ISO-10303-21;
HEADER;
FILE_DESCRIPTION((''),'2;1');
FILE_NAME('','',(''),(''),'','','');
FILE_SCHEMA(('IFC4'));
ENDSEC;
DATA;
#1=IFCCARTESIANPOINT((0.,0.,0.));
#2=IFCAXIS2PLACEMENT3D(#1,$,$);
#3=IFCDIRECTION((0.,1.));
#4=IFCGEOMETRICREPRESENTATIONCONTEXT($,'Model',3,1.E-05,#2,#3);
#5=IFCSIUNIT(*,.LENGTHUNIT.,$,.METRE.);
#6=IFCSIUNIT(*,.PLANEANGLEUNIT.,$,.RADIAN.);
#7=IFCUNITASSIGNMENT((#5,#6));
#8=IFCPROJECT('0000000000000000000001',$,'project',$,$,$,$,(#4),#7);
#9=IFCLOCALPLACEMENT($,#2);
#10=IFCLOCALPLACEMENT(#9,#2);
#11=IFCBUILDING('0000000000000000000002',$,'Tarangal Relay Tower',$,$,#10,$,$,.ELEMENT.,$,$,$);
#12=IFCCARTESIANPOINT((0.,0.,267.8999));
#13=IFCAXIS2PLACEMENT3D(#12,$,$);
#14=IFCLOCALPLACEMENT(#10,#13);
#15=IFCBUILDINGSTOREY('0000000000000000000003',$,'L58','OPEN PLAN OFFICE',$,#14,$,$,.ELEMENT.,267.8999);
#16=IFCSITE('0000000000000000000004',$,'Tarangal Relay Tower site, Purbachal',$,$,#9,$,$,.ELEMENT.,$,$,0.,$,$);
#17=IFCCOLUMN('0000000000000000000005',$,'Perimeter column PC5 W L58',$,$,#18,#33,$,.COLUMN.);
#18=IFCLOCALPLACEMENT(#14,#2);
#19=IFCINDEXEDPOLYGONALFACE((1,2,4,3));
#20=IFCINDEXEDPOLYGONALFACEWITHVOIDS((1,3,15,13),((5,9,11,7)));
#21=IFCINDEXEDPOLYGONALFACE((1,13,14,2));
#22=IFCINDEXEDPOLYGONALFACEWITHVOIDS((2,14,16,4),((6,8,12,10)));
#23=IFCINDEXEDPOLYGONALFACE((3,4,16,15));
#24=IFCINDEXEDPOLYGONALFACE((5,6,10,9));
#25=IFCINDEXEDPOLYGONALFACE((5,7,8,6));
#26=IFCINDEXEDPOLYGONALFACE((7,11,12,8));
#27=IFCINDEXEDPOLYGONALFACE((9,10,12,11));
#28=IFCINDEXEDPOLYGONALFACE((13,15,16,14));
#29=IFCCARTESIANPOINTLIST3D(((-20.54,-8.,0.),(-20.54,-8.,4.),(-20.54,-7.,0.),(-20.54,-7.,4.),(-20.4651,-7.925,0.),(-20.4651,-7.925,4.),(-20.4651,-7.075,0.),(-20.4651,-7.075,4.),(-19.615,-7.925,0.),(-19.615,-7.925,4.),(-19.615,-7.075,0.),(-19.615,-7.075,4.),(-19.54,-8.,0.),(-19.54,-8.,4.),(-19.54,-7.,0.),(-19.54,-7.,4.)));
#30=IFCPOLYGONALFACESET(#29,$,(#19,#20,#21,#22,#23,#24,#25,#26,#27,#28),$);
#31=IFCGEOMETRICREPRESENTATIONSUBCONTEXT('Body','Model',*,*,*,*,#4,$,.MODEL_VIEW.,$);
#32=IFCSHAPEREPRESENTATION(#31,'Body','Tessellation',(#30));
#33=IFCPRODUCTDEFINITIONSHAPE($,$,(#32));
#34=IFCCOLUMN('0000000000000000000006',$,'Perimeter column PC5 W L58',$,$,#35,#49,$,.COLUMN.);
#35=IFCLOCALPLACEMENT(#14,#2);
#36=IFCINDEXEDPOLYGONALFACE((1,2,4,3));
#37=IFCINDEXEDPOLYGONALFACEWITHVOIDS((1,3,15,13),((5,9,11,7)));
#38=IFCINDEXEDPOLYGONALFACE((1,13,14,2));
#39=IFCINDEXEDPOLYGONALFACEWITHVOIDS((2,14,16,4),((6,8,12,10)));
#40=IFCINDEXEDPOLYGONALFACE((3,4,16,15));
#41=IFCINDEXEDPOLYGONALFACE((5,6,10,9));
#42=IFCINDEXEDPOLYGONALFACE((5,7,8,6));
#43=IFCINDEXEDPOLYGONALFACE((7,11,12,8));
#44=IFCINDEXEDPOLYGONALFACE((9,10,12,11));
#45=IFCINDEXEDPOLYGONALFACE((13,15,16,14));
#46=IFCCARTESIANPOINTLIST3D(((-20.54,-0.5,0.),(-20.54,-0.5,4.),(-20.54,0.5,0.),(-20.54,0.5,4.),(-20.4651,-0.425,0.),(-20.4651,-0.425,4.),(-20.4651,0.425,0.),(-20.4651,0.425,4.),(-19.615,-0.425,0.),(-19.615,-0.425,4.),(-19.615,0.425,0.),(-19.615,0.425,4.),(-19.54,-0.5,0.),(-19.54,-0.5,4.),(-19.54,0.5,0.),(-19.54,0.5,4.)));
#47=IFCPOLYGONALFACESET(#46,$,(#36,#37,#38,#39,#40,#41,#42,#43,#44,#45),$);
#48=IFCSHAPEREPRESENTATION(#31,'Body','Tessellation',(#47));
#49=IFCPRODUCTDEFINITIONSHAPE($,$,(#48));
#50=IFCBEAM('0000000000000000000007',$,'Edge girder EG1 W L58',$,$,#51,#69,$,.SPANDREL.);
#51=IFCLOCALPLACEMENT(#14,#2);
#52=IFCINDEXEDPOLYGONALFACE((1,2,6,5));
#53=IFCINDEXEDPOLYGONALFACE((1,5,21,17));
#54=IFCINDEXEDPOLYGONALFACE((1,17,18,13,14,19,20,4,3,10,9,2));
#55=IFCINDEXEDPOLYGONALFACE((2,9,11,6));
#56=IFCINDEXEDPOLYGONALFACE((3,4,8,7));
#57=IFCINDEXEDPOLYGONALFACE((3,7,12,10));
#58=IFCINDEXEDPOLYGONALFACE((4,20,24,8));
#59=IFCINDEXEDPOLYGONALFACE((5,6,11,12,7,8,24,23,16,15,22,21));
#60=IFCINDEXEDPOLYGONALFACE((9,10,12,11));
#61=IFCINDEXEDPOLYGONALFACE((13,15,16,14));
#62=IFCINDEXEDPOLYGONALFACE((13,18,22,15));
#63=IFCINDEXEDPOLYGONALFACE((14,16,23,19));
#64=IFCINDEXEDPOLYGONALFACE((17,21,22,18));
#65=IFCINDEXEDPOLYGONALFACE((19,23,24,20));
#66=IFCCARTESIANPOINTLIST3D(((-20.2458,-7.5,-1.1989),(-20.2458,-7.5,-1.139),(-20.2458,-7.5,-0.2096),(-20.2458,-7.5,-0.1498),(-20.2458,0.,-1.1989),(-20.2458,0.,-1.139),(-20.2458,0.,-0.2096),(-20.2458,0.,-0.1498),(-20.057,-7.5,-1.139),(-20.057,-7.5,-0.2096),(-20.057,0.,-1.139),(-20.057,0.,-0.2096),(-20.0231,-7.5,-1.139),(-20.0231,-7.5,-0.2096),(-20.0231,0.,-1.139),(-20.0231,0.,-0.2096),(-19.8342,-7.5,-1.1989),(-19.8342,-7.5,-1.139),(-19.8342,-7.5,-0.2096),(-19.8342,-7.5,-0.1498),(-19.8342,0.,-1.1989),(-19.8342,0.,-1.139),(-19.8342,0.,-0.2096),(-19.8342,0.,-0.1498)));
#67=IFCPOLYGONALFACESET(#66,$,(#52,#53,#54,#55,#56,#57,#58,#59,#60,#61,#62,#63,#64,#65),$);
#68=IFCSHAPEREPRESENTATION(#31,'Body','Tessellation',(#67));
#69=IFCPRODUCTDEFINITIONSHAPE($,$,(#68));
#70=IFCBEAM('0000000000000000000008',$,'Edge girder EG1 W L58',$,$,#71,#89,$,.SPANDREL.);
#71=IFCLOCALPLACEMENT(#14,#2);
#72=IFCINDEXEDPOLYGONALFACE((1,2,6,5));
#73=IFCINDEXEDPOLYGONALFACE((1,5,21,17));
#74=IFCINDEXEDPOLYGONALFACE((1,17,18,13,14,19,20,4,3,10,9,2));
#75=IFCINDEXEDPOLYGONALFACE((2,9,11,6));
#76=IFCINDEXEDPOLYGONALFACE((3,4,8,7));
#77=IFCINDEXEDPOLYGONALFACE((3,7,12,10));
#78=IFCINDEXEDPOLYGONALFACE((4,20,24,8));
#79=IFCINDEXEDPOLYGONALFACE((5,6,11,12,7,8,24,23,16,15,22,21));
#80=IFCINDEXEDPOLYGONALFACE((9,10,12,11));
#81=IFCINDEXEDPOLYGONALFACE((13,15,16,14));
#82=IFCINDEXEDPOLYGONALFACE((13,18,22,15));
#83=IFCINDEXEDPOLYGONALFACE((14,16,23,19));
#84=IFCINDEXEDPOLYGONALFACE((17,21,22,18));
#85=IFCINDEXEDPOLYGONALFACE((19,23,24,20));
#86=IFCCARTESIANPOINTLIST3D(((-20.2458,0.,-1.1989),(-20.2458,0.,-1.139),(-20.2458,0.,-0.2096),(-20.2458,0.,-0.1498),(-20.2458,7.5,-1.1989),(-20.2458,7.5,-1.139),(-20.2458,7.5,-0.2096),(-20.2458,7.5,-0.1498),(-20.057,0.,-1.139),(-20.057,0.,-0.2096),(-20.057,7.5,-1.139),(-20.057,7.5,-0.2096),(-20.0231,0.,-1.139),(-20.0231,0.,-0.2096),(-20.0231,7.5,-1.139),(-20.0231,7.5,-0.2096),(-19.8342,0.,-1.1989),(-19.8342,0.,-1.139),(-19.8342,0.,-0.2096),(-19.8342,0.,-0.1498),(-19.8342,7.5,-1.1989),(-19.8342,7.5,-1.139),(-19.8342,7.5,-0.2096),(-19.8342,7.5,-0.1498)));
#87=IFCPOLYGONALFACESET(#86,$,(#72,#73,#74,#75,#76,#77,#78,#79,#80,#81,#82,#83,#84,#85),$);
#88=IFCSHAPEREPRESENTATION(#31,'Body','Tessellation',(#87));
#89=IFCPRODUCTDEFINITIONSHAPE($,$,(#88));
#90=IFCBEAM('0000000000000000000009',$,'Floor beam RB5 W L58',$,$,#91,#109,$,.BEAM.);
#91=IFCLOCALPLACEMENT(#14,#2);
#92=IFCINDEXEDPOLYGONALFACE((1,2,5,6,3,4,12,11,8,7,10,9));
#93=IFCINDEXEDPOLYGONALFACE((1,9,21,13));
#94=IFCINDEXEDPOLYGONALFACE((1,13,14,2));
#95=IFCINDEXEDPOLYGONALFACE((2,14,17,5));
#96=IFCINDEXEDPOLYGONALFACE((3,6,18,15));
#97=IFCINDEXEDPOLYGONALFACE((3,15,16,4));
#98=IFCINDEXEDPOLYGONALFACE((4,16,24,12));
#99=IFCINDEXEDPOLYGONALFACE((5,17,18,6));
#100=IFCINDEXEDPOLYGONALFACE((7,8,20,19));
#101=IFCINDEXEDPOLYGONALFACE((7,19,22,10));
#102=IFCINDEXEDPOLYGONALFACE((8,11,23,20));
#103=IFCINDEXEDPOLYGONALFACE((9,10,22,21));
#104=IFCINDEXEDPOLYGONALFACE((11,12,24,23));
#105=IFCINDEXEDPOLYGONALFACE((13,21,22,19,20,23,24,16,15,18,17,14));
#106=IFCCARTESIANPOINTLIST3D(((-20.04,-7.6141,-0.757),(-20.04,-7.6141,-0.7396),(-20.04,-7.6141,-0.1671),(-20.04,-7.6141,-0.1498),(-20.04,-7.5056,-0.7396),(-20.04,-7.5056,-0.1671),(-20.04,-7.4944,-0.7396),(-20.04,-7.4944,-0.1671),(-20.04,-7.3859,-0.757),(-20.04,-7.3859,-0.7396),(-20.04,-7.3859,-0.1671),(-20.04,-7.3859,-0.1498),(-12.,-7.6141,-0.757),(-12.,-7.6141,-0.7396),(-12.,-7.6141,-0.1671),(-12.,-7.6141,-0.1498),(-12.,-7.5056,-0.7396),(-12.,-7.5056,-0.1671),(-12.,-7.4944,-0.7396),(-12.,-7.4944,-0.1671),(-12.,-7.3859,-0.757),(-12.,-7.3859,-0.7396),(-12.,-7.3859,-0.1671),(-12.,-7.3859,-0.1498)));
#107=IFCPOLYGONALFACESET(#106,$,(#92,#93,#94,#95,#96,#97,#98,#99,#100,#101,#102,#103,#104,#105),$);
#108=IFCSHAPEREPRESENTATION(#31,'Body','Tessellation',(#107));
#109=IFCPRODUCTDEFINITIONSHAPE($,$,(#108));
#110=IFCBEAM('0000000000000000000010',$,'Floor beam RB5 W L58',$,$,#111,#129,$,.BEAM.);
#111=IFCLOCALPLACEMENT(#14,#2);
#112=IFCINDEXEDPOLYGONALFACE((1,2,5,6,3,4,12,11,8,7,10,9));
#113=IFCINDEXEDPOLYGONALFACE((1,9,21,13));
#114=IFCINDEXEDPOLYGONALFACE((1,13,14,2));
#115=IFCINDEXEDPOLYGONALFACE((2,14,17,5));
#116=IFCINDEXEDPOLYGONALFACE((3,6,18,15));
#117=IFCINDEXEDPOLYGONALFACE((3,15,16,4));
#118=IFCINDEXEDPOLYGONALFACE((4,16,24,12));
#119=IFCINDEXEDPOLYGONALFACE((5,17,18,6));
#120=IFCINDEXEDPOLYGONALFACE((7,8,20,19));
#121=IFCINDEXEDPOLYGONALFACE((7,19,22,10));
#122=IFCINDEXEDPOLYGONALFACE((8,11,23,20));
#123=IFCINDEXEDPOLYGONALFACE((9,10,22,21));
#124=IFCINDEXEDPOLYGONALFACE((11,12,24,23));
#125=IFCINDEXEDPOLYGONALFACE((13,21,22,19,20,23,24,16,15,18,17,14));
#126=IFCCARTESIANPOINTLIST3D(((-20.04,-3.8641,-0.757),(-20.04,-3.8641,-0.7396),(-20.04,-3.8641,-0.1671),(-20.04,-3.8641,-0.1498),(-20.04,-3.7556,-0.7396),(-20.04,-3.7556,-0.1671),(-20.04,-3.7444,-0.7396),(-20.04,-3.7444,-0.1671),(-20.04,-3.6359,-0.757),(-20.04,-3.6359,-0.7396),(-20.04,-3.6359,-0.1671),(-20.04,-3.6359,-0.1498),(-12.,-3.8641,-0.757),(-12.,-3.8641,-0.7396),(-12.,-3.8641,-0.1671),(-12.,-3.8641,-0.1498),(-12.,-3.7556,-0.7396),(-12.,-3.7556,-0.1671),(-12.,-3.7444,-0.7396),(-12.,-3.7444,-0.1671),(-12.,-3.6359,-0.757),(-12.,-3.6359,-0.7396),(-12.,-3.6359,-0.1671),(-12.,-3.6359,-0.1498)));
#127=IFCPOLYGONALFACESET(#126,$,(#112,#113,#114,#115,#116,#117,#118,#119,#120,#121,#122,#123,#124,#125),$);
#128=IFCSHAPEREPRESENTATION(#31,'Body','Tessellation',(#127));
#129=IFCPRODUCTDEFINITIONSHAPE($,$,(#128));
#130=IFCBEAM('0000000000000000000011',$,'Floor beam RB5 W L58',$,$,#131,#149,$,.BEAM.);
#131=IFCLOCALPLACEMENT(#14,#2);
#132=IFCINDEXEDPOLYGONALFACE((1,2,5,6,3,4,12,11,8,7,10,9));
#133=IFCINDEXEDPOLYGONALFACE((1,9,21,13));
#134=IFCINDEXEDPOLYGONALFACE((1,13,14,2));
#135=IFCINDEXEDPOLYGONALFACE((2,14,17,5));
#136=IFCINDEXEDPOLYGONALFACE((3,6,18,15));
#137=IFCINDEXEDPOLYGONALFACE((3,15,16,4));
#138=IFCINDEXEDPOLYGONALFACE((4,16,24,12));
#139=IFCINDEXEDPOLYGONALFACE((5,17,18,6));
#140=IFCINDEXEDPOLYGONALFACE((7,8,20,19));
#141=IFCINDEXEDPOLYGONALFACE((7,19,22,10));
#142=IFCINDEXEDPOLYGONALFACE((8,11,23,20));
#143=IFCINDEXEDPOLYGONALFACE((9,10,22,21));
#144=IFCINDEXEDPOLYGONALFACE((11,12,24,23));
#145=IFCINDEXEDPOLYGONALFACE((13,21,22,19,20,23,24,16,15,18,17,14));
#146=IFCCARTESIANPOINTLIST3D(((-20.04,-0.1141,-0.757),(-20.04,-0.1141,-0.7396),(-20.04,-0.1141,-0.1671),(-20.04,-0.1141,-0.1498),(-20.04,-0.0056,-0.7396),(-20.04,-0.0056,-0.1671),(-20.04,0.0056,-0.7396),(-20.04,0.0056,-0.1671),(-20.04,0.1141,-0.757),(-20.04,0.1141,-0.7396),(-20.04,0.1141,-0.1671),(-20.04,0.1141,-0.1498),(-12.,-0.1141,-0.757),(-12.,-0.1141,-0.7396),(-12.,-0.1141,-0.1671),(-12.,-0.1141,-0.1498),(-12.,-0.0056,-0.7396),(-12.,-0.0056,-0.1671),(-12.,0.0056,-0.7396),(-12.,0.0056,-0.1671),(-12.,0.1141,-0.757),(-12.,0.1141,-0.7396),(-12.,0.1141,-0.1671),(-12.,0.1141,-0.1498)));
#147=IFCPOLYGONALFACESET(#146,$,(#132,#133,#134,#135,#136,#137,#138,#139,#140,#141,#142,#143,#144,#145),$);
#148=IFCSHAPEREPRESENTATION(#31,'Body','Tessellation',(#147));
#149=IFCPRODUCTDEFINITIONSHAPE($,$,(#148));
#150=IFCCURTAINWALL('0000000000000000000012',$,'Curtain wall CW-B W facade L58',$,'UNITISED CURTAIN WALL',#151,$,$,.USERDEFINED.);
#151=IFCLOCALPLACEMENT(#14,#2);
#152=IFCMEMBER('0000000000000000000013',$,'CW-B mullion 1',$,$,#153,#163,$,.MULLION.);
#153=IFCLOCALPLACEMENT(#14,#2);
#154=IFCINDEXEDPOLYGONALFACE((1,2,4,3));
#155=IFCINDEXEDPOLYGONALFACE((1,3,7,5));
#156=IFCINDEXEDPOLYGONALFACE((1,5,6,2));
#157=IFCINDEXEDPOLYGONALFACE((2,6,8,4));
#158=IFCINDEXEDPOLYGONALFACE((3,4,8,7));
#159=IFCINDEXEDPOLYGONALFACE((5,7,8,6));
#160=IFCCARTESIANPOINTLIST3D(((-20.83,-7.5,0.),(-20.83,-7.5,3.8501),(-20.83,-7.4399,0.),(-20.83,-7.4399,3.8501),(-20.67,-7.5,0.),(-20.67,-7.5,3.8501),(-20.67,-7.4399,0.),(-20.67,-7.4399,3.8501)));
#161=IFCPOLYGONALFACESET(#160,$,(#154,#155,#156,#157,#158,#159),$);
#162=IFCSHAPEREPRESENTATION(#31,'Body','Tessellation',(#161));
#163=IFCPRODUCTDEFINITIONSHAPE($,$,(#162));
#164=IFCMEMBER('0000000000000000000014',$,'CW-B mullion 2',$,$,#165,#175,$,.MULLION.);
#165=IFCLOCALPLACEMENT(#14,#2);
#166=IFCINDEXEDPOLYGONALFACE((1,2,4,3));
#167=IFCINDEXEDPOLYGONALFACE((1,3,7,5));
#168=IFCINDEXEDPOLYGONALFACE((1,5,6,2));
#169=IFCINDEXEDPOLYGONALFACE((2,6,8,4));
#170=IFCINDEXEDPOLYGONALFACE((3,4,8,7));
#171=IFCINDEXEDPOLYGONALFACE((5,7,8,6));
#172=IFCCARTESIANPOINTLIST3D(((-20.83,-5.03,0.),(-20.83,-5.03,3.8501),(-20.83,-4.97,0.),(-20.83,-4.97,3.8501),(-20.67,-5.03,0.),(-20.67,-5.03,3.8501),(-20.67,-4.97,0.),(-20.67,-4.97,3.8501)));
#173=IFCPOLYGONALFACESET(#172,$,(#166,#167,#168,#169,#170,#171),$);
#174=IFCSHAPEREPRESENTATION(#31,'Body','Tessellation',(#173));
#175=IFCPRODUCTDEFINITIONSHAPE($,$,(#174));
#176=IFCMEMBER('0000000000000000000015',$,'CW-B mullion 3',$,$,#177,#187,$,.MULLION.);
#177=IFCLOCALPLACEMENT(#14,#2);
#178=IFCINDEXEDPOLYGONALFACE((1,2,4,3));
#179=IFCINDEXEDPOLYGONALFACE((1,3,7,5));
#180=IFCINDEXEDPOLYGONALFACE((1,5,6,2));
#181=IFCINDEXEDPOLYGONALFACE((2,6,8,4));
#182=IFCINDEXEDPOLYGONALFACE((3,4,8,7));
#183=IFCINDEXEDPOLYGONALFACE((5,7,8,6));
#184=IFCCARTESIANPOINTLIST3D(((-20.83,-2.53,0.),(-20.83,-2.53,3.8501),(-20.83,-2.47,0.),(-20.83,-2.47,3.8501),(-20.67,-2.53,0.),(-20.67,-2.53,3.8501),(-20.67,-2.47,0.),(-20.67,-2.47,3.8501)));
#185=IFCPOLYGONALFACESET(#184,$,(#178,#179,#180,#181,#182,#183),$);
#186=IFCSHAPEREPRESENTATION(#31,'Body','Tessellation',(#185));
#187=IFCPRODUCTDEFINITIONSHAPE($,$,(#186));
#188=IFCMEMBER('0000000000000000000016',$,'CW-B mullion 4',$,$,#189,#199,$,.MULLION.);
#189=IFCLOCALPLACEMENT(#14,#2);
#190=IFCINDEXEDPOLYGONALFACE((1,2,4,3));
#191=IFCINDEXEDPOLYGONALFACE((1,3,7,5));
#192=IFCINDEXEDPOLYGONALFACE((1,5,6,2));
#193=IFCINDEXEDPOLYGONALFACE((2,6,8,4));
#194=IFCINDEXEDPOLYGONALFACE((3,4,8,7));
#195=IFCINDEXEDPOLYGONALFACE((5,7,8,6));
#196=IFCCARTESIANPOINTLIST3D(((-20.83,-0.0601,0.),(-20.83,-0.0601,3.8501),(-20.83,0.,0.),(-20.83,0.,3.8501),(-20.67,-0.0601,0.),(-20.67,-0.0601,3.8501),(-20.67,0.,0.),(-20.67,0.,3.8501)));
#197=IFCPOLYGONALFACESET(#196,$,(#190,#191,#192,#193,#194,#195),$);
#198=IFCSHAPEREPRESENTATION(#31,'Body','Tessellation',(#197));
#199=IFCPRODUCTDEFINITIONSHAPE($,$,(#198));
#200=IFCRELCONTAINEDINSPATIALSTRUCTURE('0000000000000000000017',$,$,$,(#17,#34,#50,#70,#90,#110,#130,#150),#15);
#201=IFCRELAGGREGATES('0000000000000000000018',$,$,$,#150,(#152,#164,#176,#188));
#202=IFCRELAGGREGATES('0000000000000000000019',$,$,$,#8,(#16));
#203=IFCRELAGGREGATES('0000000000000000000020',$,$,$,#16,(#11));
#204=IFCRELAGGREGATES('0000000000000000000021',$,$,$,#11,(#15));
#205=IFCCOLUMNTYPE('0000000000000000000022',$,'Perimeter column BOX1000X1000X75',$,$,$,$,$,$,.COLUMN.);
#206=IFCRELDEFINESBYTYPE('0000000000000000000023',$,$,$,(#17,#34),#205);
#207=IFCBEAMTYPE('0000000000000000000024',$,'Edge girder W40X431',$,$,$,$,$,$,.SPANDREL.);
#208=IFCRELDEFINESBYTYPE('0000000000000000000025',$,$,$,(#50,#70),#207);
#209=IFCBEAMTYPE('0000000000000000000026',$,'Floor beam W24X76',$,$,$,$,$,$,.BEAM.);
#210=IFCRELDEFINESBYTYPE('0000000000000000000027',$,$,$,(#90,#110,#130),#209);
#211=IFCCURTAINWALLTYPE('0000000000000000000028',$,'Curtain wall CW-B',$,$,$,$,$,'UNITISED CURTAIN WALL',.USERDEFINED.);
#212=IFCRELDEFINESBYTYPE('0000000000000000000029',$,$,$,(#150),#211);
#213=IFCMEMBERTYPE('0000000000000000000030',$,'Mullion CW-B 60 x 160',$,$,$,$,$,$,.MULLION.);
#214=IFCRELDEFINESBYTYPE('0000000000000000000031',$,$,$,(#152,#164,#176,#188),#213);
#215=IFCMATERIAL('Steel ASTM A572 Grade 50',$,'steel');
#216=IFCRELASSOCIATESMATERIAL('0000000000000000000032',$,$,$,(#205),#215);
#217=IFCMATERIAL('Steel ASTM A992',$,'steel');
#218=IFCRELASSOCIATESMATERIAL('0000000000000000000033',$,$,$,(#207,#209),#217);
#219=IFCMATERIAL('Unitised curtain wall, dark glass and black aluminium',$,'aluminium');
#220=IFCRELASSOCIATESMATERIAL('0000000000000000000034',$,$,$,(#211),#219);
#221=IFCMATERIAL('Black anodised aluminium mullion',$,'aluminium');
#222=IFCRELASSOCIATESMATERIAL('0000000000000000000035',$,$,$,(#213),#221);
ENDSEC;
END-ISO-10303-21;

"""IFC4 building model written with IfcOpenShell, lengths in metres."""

from ifc_helpers import new_model, si_unit, direction, frame, origin, origin_2d, place, context, subcontext, project, spatial, rectangle, hollow_rectangle, i_section, extrude, material, material_profile, profile_set, type_object, element, aggregate, save


model = new_model("IFC4")

# Units and contexts
model_context = context("Model", 3, precision=1e-05, world=origin(), true_north=direction((0.0, 1.0)))
body_context = subcontext(model_context, "Body", "Model", "MODEL_VIEW")
ifc_project = project(units=[si_unit("LENGTHUNIT", "METRE"), si_unit("PLANEANGLEUNIT", "RADIAN")], contexts=[model_context])

# Site, building, storey
site_placement = place(None, origin())
site = spatial("IfcSite", under=ifc_project, at=site_placement, Name="Tarangal Relay Tower site, Purbachal", CompositionType="ELEMENT", RefElevation=0.0)
building_placement = place(site_placement, origin())
building = spatial("IfcBuilding", under=site, at=building_placement, Name="Tarangal Relay Tower", CompositionType="ELEMENT")
storey_placement = place(building_placement, frame((0.0, 0.0, 267.8999)))
storey = spatial("IfcBuildingStorey", under=building, at=storey_placement, Name="L58", Description="OPEN PLAN OFFICE", CompositionType="ELEMENT", Elevation=267.8999)

# Columns
ifc_material_1 = material(Name="Steel ASTM A572 Grade 50", Category="steel")
ifc_material_profile_1 = material_profile(ifc_material_1, hollow_rectangle(XDim=1.0, YDim=1.0, WallThickness=0.075, at=origin_2d()), Name="BOX1000X1000X75")
ifc_profile_set_1 = profile_set([ifc_material_profile_1], Name="Steel ASTM A572 Grade 50")
column_type = type_object("IfcColumnType", Name="Perimeter column BOX1000X1000X75", PredefinedType="COLUMN", material=ifc_profile_set_1)
for number, where, z_axis, x_axis, name in (
    (1, (-20.04, -7.5, 0.0), (0.0, 0.0, 1.0), (1.0, 0.0, 0.0), "Perimeter column PC5 W L58"),
    (2, (-20.04, 0.0, 0.0), (0.0, 0.0, 1.0), (1.0, 0.0, 0.0), "Perimeter column PC5 W L58"),
):
    element("IfcColumn", number, at=place(storey_placement, frame(where, z_axis=z_axis, x_axis=x_axis)), inside=storey, type_object=column_type, Name=name, PredefinedType="COLUMN", context=body_context, shape_type="SweptSolid", body=[
        extrude(hollow_rectangle(XDim=1.0, YDim=1.0, WallThickness=0.075, at=origin_2d()), origin(), (0.0, 0.0, 1.0), 4.0),
    ])

# Beams
ifc_material_2 = material(Name="Steel ASTM A992", Category="steel")
ifc_material_profile_2 = material_profile(ifc_material_2, i_section(OverallWidth=0.4116, OverallDepth=1.0491, WebThickness=0.0339, FlangeThickness=0.0598, at=origin_2d()), Name="W40X431")
ifc_profile_set_2 = profile_set([ifc_material_profile_2], Name="Steel ASTM A992")
beam_type_1 = type_object("IfcBeamType", Name="Edge girder W40X431", PredefinedType="SPANDREL", material=ifc_profile_set_2)
for number, where, z_axis, x_axis, name in (
    (3, (-20.04, -7.5, -0.6743), (0.0, 1.0, 0.0), (-1.0, 0.0, 0.0), "Edge girder EG1 W L58"),
    (4, (-20.04, 0.0, -0.6743), (0.0, 1.0, 0.0), (-1.0, 0.0, 0.0), "Edge girder EG1 W L58"),
):
    element("IfcBeam", number, at=place(storey_placement, frame(where, z_axis=z_axis, x_axis=x_axis)), inside=storey, type_object=beam_type_1, Name=name, PredefinedType="SPANDREL", context=body_context, shape_type="SweptSolid", body=[
        extrude(i_section(OverallWidth=0.4116, OverallDepth=1.0491, WebThickness=0.0339, FlangeThickness=0.0598, at=origin_2d()), origin(), (0.0, 0.0, 1.0), 7.5),
    ])
ifc_material_profile_3 = material_profile(ifc_material_2, i_section(OverallWidth=0.2283, OverallDepth=0.6072, WebThickness=0.0112, FlangeThickness=0.0173, at=origin_2d()), Name="W24X76")
ifc_profile_set_3 = profile_set([ifc_material_profile_3], Name="Steel ASTM A992")
beam_type_2 = type_object("IfcBeamType", Name="Floor beam W24X76", PredefinedType="BEAM", material=ifc_profile_set_3)
for number, where, z_axis, x_axis, name in (
    (5, (-12.0, -7.5, -0.4534), (-1.0, 0.0, 0.0), (0.0, -1.0, 0.0), "Floor beam RB5 W L58"),
    (6, (-12.0, -3.75, -0.4534), (-1.0, 0.0, 0.0), (0.0, -1.0, 0.0), "Floor beam RB5 W L58"),
    (7, (-12.0, 0.0, -0.4534), (-1.0, 0.0, 0.0), (0.0, -1.0, 0.0), "Floor beam RB5 W L58"),
):
    element("IfcBeam", number, at=place(storey_placement, frame(where, z_axis=z_axis, x_axis=x_axis)), inside=storey, type_object=beam_type_2, Name=name, PredefinedType="BEAM", context=body_context, shape_type="SweptSolid", body=[
        extrude(i_section(OverallWidth=0.2283, OverallDepth=0.6072, WebThickness=0.0112, FlangeThickness=0.0173, at=origin_2d()), origin(), (0.0, 0.0, 1.0), 8.04),
    ])

# Curtain wall, members
ifc_material_3 = material(Name="Unitised curtain wall, dark glass and black aluminium", Category="aluminium")
curtain_wall_type_1 = type_object("IfcCurtainWallType", Name="Curtain wall CW-B", ElementType="UNITISED CURTAIN WALL", PredefinedType="USERDEFINED", material=ifc_material_3)
curtain_wall_1_placement = place(storey_placement, origin())
curtain_wall_1 = element("IfcCurtainWall", 8, at=curtain_wall_1_placement, inside=storey, type_object=curtain_wall_type_1, Name="Curtain wall CW-B W facade L58", ObjectType="UNITISED CURTAIN WALL", PredefinedType="USERDEFINED")
ifc_material_4 = material(Name="Black anodised aluminium mullion", Category="aluminium")
ifc_material_profile_4 = material_profile(ifc_material_4, rectangle(XDim=0.1599, YDim=0.0601, at=origin_2d()), Name="CW-BM 60X160")
ifc_profile_set_4 = profile_set([ifc_material_profile_4], Name="Black anodised aluminium mullion")
member_type_1 = type_object("IfcMemberType", Name="Mullion CW-B 60 x 160", PredefinedType="MULLION", material=ifc_profile_set_4)
member_1_placement = place(storey_placement, frame((-20.75, -7.47, 0.0), z_axis=(0.0, 0.0, 1.0), x_axis=(-1.0, 0.0, 0.0)))
member_1 = element("IfcMember", 9, at=member_1_placement, type_object=member_type_1, Name="CW-B mullion 1", PredefinedType="MULLION", context=body_context, shape_type="SweptSolid", body=[
    extrude(rectangle(XDim=0.1599, YDim=0.0601, at=origin_2d()), origin(), (0.0, 0.0, 1.0), 3.8501),
])
member_2_placement = place(storey_placement, frame((-20.75, -5.0, 0.0), z_axis=(0.0, 0.0, 1.0), x_axis=(-1.0, 0.0, 0.0)))
member_2 = element("IfcMember", 10, at=member_2_placement, type_object=member_type_1, Name="CW-B mullion 2", PredefinedType="MULLION", context=body_context, shape_type="SweptSolid", body=[
    extrude(rectangle(XDim=0.1599, YDim=0.0601, at=origin_2d()), origin(), (0.0, 0.0, 1.0), 3.8501),
])
member_3_placement = place(storey_placement, frame((-20.75, -2.5, 0.0), z_axis=(0.0, 0.0, 1.0), x_axis=(-1.0, 0.0, 0.0)))
member_3 = element("IfcMember", 11, at=member_3_placement, type_object=member_type_1, Name="CW-B mullion 3", PredefinedType="MULLION", context=body_context, shape_type="SweptSolid", body=[
    extrude(rectangle(XDim=0.1599, YDim=0.0601, at=origin_2d()), origin(), (0.0, 0.0, 1.0), 3.8501),
])
member_4_placement = place(storey_placement, frame((-20.75, -0.03, 0.0), z_axis=(0.0, 0.0, 1.0), x_axis=(-1.0, 0.0, 0.0)))
member_4 = element("IfcMember", 12, at=member_4_placement, type_object=member_type_1, Name="CW-B mullion 4", PredefinedType="MULLION", context=body_context, shape_type="SweptSolid", body=[
    extrude(rectangle(XDim=0.1599, YDim=0.0601, at=origin_2d()), origin(), (0.0, 0.0, 1.0), 3.8501),
])

aggregate(curtain_wall_1, [member_1, member_2, member_3, member_4])

save(model, "model.ifc")
